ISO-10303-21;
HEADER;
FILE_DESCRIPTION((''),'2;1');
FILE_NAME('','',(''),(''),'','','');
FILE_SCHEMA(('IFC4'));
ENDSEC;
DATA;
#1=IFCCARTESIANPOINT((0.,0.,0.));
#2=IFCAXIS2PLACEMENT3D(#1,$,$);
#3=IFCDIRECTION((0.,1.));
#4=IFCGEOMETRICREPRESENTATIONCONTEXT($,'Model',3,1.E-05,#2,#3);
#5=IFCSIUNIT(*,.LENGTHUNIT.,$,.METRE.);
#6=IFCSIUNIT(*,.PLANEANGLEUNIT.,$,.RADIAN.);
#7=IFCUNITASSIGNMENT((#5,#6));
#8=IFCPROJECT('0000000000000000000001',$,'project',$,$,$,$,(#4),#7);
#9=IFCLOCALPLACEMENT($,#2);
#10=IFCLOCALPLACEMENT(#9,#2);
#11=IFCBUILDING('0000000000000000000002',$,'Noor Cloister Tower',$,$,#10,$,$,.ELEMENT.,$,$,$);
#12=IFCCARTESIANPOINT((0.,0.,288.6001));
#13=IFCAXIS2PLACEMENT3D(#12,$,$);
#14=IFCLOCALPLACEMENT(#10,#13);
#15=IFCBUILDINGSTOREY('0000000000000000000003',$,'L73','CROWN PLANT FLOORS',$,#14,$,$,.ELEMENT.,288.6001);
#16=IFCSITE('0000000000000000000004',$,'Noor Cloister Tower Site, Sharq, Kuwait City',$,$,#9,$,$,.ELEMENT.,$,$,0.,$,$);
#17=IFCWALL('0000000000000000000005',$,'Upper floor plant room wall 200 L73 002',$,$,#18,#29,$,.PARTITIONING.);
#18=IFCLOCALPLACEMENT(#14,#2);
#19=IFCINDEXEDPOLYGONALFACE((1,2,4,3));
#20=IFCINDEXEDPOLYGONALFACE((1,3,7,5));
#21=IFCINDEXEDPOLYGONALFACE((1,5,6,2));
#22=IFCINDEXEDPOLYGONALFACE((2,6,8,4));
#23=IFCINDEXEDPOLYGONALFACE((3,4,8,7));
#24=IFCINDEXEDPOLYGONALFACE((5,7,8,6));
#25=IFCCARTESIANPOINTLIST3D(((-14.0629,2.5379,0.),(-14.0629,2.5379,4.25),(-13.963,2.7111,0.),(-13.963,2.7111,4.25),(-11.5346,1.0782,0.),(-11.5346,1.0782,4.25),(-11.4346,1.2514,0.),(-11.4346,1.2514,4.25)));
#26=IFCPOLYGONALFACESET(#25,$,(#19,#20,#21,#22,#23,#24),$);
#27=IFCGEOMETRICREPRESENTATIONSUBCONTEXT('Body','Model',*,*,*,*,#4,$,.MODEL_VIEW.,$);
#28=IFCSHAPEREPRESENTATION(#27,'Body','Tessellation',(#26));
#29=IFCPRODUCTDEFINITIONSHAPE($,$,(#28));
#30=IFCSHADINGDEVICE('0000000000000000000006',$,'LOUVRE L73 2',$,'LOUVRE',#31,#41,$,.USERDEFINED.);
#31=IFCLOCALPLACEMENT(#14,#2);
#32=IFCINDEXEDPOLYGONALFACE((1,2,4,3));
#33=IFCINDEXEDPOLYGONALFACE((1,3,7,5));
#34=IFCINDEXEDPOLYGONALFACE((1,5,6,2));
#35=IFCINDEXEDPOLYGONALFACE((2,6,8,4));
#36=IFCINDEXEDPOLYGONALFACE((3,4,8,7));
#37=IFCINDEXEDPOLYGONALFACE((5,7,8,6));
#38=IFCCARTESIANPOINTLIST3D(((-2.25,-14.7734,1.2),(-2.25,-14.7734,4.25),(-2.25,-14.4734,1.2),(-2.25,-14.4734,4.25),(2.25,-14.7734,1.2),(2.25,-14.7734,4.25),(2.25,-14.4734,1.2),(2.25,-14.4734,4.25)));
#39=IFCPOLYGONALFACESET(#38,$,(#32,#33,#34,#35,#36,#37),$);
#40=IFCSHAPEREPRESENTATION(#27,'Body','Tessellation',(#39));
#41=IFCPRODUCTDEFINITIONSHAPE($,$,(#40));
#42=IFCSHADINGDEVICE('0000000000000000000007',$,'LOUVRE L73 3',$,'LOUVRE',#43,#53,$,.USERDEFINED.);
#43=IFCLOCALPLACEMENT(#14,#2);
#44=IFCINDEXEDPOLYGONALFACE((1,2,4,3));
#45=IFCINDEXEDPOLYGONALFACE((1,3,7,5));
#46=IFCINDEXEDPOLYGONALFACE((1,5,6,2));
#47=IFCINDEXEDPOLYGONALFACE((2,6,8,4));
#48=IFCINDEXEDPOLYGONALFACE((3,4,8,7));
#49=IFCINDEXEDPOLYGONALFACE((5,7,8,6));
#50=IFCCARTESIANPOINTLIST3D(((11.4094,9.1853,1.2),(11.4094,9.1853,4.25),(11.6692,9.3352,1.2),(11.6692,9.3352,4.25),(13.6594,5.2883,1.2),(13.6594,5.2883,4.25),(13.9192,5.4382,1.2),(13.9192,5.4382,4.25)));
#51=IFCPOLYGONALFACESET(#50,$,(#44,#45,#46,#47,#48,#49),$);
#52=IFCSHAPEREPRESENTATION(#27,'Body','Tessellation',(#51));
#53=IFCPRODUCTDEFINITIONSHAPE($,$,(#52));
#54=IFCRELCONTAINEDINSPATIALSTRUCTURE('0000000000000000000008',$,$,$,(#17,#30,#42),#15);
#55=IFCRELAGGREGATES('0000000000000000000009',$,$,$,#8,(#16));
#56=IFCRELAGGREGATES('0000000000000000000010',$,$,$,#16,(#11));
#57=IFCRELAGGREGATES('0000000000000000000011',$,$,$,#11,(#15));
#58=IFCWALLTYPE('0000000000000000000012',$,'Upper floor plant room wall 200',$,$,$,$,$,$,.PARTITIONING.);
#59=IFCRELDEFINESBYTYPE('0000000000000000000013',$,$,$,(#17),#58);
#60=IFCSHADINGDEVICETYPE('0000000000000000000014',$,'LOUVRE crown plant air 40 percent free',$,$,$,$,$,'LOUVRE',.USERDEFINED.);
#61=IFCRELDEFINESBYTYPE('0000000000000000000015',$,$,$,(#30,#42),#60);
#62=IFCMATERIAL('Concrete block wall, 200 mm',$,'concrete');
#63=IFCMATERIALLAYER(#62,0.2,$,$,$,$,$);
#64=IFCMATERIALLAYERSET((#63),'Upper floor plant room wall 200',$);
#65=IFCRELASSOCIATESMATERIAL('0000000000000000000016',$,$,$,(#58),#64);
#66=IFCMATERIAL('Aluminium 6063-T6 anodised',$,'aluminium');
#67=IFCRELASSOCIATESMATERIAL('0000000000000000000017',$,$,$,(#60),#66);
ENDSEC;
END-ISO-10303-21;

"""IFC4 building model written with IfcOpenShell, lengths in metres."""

from ifc_helpers import new_model, si_unit, direction, frame, frame_2d, origin, place, context, subcontext, project, spatial, polyline, rectangle, outline, extrude, material, layer, layer_set, type_object, element, save


model = new_model("IFC4")

# Units and contexts
model_context = context("Model", 3, precision=1e-05, world=origin(), true_north=direction((0.0, 1.0)))
body_context = subcontext(model_context, "Body", "Model", "MODEL_VIEW")
ifc_project = project(units=[si_unit("LENGTHUNIT", "METRE"), si_unit("PLANEANGLEUNIT", "RADIAN")], contexts=[model_context])

# Site, building, storey
site_placement = place(None, origin())
site = spatial("IfcSite", under=ifc_project, at=site_placement, Name="Noor Cloister Tower Site, Sharq, Kuwait City", CompositionType="ELEMENT", RefElevation=0.0)
building_placement = place(site_placement, origin())
building = spatial("IfcBuilding", under=site, at=building_placement, Name="Noor Cloister Tower", CompositionType="ELEMENT")
storey_placement = place(building_placement, frame((0.0, 0.0, 288.6001)))
storey = spatial("IfcBuildingStorey", under=building, at=storey_placement, Name="L73", Description="CROWN PLANT FLOORS", CompositionType="ELEMENT", Elevation=288.6001)

# Wall
ifc_material_1 = material(Name="Concrete block wall, 200 mm", Category="concrete")
ifc_layer_1 = layer(ifc_material_1, 0.2)
ifc_layer_set_1 = layer_set([ifc_layer_1], Name="Upper floor plant room wall 200")
wall_type_1 = type_object("IfcWallType", Name="Upper floor plant room wall 200", PredefinedType="PARTITIONING", material=ifc_layer_set_1)
wall_1_placement = place(storey_placement, frame((-14.0129, 2.6245, 0.0), z_axis=(0.0, 0.0, 1.0), x_axis=(0.866027, -0.499998, 0.0)))
element("IfcWall", 1, at=wall_1_placement, inside=storey, type_object=wall_type_1, Name="Upper floor plant room wall 200 L73 002", PredefinedType="PARTITIONING", context=body_context, shape_type="SweptSolid", body=[
    extrude(rectangle(XDim=2.9194, YDim=0.2, at=frame_2d((1.4597, 0.0))), origin(), (0.0, 0.0, 1.0), 4.25),
])

# Shading devices
ifc_material_2 = material(Name="Aluminium 6063-T6 anodised", Category="aluminium")
shading_device_type = type_object("IfcShadingDeviceType", Name="LOUVRE crown plant air 40 percent free", ElementType="LOUVRE", PredefinedType="USERDEFINED", material=ifc_material_2)
shading_device_1_placement = place(storey_placement, frame((0.0, 0.0, 1.2)))
element("IfcShadingDevice", 2, at=shading_device_1_placement, inside=storey, type_object=shading_device_type, Name="LOUVRE L73 2", ObjectType="LOUVRE", PredefinedType="USERDEFINED", context=body_context, shape_type="SweptSolid", body=[
    extrude(outline(polyline([(-2.25, -14.7734), (2.25, -14.7734), (2.25, -14.4734), (-2.25, -14.4734), (-2.25, -14.7734)])), origin(), (0.0, 0.0, 1.0), 3.05),
])
shading_device_2_placement = place(storey_placement, frame((0.0, 0.0, 1.2)))
element("IfcShadingDevice", 3, at=shading_device_2_placement, inside=storey, type_object=shading_device_type, Name="LOUVRE L73 3", ObjectType="LOUVRE", PredefinedType="USERDEFINED", context=body_context, shape_type="SweptSolid", body=[
    extrude(outline(polyline([(13.9192, 5.4382), (11.6692, 9.3352), (11.4094, 9.1853), (13.6594, 5.2883), (13.9192, 5.4382)])), origin(), (0.0, 0.0, 1.0), 3.05),
])

save(model, "model.ifc")
